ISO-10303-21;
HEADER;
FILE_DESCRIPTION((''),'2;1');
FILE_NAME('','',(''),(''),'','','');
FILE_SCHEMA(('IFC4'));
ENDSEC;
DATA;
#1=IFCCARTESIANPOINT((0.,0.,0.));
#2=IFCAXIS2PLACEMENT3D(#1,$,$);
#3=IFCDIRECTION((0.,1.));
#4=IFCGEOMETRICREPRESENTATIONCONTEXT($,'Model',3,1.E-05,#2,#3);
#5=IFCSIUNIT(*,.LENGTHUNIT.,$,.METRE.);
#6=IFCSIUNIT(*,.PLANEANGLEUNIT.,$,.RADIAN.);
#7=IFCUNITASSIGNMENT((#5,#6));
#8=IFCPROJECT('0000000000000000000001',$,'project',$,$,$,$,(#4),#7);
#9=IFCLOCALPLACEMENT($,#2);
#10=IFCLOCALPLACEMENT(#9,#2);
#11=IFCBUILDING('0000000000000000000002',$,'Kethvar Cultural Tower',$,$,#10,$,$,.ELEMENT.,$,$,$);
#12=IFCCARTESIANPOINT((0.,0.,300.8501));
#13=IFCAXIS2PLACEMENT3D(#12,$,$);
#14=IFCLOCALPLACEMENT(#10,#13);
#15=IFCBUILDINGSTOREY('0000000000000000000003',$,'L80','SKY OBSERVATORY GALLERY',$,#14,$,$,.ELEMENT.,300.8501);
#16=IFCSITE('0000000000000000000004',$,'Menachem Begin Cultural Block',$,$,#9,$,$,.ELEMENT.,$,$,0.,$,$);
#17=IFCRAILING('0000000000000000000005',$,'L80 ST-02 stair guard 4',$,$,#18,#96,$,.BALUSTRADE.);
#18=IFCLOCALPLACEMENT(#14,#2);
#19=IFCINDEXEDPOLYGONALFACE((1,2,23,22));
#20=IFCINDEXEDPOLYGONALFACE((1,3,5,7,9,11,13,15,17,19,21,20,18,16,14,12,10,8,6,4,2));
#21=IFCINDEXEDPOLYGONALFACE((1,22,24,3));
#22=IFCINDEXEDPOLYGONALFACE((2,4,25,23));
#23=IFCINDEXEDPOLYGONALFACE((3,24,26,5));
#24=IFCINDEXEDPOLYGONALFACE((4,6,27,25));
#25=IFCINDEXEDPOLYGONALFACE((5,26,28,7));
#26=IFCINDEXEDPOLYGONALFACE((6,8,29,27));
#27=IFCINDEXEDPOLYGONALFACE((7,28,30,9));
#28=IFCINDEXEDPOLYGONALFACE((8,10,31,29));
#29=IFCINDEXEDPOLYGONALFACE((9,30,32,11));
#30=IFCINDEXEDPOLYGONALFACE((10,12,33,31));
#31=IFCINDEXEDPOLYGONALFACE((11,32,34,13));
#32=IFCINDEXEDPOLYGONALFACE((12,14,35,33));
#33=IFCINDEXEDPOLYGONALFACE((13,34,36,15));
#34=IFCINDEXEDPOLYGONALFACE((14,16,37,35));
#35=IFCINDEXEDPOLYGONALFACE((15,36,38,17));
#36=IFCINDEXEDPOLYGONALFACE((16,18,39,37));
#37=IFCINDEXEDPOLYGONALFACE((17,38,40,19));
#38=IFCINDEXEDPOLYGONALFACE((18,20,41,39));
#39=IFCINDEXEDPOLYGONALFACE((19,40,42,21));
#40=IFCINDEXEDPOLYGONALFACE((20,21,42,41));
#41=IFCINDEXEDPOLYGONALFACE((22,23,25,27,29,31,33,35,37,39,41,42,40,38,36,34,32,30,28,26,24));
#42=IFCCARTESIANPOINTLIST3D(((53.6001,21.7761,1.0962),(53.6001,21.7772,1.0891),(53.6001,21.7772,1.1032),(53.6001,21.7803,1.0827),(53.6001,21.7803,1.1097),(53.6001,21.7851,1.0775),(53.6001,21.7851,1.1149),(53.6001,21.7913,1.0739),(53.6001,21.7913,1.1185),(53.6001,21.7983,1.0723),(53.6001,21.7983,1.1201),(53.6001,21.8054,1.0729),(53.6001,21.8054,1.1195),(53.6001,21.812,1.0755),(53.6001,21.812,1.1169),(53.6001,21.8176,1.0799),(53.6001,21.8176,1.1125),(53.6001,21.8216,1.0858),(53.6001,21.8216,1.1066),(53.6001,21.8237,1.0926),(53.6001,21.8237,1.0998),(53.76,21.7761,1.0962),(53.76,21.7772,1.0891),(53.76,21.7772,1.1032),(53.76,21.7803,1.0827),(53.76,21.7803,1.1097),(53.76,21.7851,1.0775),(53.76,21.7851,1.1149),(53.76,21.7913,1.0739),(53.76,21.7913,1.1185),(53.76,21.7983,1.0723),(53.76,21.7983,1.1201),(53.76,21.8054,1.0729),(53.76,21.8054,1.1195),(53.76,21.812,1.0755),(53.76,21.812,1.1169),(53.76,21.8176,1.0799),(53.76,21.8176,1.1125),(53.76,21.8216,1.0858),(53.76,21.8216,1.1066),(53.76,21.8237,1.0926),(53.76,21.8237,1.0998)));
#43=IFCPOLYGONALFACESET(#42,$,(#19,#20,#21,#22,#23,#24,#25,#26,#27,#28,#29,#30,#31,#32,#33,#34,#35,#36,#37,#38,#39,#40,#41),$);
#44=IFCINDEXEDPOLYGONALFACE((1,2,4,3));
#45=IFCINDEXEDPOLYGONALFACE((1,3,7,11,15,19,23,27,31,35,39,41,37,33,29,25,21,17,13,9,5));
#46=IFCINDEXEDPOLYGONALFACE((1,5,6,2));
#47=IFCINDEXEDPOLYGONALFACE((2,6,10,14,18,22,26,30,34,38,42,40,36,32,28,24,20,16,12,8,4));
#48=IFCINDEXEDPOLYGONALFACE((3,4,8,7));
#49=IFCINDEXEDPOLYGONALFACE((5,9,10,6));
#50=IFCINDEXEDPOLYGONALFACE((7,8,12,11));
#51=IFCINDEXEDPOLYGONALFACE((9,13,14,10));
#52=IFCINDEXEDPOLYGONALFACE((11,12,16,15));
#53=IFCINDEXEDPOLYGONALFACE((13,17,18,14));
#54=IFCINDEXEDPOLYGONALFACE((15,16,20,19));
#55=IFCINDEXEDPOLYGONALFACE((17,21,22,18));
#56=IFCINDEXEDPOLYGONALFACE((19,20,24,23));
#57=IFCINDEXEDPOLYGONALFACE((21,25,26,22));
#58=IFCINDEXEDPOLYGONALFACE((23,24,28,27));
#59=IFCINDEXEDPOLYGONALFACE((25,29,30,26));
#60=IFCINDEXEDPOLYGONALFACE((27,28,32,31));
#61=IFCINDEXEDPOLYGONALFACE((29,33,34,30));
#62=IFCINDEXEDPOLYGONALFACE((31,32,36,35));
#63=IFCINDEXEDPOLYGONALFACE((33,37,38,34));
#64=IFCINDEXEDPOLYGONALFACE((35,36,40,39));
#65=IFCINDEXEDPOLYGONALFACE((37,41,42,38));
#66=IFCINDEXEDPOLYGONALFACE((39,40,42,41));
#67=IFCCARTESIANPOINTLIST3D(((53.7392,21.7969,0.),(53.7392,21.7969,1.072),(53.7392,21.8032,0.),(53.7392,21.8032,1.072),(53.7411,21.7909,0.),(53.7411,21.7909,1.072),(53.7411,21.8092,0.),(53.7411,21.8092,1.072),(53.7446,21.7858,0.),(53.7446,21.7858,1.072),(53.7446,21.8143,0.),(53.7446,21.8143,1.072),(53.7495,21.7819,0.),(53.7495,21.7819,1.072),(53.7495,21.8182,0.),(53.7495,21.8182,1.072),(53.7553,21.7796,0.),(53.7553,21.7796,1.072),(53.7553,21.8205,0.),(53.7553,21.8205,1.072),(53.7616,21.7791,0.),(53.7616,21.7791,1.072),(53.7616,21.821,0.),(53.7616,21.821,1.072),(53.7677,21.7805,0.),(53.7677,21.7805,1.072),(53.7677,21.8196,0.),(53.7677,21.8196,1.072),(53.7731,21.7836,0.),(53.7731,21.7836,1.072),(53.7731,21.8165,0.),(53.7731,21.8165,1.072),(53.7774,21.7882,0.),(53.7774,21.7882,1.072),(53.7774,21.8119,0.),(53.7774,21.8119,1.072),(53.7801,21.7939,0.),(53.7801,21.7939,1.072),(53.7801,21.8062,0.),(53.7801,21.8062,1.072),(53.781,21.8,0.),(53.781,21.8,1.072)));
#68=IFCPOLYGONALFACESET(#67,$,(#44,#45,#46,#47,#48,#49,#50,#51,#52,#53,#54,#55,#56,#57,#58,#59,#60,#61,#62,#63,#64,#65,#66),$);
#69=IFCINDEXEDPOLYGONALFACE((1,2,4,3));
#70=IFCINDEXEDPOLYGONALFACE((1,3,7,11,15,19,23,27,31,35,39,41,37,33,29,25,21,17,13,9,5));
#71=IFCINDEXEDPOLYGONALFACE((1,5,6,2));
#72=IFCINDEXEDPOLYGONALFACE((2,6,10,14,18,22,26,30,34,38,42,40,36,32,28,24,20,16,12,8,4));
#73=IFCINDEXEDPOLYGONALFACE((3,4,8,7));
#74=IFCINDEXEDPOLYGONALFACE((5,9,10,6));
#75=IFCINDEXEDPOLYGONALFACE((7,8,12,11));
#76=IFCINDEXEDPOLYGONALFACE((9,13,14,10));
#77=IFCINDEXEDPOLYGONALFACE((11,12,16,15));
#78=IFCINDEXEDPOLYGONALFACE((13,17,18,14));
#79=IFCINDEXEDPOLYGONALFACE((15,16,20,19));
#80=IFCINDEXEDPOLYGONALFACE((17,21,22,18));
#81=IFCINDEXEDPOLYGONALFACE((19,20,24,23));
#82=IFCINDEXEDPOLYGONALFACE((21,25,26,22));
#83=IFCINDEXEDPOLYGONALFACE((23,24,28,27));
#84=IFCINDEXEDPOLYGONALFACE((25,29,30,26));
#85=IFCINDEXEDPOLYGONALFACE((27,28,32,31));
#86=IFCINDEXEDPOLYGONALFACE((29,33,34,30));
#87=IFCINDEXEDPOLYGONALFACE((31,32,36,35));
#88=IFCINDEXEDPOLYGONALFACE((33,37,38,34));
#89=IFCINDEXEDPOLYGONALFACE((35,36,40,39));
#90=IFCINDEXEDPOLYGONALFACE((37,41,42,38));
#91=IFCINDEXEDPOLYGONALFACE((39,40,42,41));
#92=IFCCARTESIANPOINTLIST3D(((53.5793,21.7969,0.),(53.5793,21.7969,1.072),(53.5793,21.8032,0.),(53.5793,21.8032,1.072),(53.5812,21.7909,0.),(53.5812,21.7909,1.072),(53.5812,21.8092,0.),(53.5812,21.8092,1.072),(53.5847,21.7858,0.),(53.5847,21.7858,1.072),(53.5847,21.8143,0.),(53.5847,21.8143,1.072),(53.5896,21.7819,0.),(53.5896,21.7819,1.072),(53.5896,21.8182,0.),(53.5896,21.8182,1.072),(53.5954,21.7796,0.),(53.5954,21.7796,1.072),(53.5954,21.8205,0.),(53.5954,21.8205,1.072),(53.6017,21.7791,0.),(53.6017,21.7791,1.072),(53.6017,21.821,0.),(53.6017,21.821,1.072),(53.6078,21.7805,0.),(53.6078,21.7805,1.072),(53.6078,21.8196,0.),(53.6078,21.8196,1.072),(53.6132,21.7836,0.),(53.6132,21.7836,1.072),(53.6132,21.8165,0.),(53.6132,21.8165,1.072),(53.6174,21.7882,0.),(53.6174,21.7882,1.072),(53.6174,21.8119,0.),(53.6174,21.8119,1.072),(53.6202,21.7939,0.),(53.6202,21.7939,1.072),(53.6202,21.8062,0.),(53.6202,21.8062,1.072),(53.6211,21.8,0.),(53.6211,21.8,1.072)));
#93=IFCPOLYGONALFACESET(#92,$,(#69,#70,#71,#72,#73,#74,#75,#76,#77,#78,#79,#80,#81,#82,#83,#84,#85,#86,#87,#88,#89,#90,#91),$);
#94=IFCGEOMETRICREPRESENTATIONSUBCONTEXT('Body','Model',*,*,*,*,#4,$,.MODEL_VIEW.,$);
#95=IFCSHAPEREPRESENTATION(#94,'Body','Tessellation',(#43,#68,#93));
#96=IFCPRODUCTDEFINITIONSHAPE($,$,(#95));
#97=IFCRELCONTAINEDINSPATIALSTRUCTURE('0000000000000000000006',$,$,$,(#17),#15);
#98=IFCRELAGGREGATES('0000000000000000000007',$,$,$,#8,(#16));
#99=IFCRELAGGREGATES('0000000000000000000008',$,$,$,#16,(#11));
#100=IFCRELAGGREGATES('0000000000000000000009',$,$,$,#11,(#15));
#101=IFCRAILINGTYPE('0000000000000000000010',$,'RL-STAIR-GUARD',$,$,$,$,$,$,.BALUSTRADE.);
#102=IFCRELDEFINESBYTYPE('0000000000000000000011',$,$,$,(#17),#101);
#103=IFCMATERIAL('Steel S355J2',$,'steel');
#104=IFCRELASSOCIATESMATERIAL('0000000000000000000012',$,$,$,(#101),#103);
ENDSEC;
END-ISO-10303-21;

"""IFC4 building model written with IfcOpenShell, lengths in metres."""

from ifc_helpers import new_model, si_unit, direction, frame, origin, origin_2d, place, context, subcontext, project, spatial, circle, extrude, material, type_object, element, save


model = new_model("IFC4")

# Units and contexts
model_context = context("Model", 3, precision=1e-05, world=origin(), true_north=direction((0.0, 1.0)))
body_context = subcontext(model_context, "Body", "Model", "MODEL_VIEW")
ifc_project = project(units=[si_unit("LENGTHUNIT", "METRE"), si_unit("PLANEANGLEUNIT", "RADIAN")], contexts=[model_context])

# Site, building, storey
site_placement = place(None, origin())
site = spatial("IfcSite", under=ifc_project, at=site_placement, Name="Menachem Begin Cultural Block", CompositionType="ELEMENT", RefElevation=0.0)
building_placement = place(site_placement, origin())
building = spatial("IfcBuilding", under=site, at=building_placement, Name="Kethvar Cultural Tower", CompositionType="ELEMENT")
storey_placement = place(building_placement, frame((0.0, 0.0, 300.8501)))
storey = spatial("IfcBuildingStorey", under=building, at=storey_placement, Name="L80", Description="SKY OBSERVATORY GALLERY", CompositionType="ELEMENT", Elevation=300.8501)

# Shared definitions
ifc_material_1 = material(Name="Steel S355J2", Category="steel")

# Railing
railing_type_1 = type_object("IfcRailingType", Name="RL-STAIR-GUARD", PredefinedType="BALUSTRADE", material=ifc_material_1)
railing_1_placement = place(storey_placement, frame((53.76, 21.8, 0.0)))
element("IfcRailing", 1, at=railing_1_placement, inside=storey, type_object=railing_type_1, Name="L80 ST-02 stair guard 4", PredefinedType="BALUSTRADE", context=body_context, shape_type="SweptSolid", body=[
    extrude(circle(Radius=0.0239, at=origin_2d()), frame((0.0, 0.0, 1.0962), z_axis=(-1.0, 0.0, 0.0), x_axis=(0.0, -1.0, 0.0)), (0.0, 0.0, 1.0), 0.1599),
    extrude(circle(Radius=0.021, at=origin_2d()), origin(), (0.0, 0.0, 1.0), 1.072),
    extrude(circle(Radius=0.021, at=origin_2d()), frame((-0.1599, 0.0, 0.0)), (0.0, 0.0, 1.0), 1.072),
])

save(model, "model.ifc")
